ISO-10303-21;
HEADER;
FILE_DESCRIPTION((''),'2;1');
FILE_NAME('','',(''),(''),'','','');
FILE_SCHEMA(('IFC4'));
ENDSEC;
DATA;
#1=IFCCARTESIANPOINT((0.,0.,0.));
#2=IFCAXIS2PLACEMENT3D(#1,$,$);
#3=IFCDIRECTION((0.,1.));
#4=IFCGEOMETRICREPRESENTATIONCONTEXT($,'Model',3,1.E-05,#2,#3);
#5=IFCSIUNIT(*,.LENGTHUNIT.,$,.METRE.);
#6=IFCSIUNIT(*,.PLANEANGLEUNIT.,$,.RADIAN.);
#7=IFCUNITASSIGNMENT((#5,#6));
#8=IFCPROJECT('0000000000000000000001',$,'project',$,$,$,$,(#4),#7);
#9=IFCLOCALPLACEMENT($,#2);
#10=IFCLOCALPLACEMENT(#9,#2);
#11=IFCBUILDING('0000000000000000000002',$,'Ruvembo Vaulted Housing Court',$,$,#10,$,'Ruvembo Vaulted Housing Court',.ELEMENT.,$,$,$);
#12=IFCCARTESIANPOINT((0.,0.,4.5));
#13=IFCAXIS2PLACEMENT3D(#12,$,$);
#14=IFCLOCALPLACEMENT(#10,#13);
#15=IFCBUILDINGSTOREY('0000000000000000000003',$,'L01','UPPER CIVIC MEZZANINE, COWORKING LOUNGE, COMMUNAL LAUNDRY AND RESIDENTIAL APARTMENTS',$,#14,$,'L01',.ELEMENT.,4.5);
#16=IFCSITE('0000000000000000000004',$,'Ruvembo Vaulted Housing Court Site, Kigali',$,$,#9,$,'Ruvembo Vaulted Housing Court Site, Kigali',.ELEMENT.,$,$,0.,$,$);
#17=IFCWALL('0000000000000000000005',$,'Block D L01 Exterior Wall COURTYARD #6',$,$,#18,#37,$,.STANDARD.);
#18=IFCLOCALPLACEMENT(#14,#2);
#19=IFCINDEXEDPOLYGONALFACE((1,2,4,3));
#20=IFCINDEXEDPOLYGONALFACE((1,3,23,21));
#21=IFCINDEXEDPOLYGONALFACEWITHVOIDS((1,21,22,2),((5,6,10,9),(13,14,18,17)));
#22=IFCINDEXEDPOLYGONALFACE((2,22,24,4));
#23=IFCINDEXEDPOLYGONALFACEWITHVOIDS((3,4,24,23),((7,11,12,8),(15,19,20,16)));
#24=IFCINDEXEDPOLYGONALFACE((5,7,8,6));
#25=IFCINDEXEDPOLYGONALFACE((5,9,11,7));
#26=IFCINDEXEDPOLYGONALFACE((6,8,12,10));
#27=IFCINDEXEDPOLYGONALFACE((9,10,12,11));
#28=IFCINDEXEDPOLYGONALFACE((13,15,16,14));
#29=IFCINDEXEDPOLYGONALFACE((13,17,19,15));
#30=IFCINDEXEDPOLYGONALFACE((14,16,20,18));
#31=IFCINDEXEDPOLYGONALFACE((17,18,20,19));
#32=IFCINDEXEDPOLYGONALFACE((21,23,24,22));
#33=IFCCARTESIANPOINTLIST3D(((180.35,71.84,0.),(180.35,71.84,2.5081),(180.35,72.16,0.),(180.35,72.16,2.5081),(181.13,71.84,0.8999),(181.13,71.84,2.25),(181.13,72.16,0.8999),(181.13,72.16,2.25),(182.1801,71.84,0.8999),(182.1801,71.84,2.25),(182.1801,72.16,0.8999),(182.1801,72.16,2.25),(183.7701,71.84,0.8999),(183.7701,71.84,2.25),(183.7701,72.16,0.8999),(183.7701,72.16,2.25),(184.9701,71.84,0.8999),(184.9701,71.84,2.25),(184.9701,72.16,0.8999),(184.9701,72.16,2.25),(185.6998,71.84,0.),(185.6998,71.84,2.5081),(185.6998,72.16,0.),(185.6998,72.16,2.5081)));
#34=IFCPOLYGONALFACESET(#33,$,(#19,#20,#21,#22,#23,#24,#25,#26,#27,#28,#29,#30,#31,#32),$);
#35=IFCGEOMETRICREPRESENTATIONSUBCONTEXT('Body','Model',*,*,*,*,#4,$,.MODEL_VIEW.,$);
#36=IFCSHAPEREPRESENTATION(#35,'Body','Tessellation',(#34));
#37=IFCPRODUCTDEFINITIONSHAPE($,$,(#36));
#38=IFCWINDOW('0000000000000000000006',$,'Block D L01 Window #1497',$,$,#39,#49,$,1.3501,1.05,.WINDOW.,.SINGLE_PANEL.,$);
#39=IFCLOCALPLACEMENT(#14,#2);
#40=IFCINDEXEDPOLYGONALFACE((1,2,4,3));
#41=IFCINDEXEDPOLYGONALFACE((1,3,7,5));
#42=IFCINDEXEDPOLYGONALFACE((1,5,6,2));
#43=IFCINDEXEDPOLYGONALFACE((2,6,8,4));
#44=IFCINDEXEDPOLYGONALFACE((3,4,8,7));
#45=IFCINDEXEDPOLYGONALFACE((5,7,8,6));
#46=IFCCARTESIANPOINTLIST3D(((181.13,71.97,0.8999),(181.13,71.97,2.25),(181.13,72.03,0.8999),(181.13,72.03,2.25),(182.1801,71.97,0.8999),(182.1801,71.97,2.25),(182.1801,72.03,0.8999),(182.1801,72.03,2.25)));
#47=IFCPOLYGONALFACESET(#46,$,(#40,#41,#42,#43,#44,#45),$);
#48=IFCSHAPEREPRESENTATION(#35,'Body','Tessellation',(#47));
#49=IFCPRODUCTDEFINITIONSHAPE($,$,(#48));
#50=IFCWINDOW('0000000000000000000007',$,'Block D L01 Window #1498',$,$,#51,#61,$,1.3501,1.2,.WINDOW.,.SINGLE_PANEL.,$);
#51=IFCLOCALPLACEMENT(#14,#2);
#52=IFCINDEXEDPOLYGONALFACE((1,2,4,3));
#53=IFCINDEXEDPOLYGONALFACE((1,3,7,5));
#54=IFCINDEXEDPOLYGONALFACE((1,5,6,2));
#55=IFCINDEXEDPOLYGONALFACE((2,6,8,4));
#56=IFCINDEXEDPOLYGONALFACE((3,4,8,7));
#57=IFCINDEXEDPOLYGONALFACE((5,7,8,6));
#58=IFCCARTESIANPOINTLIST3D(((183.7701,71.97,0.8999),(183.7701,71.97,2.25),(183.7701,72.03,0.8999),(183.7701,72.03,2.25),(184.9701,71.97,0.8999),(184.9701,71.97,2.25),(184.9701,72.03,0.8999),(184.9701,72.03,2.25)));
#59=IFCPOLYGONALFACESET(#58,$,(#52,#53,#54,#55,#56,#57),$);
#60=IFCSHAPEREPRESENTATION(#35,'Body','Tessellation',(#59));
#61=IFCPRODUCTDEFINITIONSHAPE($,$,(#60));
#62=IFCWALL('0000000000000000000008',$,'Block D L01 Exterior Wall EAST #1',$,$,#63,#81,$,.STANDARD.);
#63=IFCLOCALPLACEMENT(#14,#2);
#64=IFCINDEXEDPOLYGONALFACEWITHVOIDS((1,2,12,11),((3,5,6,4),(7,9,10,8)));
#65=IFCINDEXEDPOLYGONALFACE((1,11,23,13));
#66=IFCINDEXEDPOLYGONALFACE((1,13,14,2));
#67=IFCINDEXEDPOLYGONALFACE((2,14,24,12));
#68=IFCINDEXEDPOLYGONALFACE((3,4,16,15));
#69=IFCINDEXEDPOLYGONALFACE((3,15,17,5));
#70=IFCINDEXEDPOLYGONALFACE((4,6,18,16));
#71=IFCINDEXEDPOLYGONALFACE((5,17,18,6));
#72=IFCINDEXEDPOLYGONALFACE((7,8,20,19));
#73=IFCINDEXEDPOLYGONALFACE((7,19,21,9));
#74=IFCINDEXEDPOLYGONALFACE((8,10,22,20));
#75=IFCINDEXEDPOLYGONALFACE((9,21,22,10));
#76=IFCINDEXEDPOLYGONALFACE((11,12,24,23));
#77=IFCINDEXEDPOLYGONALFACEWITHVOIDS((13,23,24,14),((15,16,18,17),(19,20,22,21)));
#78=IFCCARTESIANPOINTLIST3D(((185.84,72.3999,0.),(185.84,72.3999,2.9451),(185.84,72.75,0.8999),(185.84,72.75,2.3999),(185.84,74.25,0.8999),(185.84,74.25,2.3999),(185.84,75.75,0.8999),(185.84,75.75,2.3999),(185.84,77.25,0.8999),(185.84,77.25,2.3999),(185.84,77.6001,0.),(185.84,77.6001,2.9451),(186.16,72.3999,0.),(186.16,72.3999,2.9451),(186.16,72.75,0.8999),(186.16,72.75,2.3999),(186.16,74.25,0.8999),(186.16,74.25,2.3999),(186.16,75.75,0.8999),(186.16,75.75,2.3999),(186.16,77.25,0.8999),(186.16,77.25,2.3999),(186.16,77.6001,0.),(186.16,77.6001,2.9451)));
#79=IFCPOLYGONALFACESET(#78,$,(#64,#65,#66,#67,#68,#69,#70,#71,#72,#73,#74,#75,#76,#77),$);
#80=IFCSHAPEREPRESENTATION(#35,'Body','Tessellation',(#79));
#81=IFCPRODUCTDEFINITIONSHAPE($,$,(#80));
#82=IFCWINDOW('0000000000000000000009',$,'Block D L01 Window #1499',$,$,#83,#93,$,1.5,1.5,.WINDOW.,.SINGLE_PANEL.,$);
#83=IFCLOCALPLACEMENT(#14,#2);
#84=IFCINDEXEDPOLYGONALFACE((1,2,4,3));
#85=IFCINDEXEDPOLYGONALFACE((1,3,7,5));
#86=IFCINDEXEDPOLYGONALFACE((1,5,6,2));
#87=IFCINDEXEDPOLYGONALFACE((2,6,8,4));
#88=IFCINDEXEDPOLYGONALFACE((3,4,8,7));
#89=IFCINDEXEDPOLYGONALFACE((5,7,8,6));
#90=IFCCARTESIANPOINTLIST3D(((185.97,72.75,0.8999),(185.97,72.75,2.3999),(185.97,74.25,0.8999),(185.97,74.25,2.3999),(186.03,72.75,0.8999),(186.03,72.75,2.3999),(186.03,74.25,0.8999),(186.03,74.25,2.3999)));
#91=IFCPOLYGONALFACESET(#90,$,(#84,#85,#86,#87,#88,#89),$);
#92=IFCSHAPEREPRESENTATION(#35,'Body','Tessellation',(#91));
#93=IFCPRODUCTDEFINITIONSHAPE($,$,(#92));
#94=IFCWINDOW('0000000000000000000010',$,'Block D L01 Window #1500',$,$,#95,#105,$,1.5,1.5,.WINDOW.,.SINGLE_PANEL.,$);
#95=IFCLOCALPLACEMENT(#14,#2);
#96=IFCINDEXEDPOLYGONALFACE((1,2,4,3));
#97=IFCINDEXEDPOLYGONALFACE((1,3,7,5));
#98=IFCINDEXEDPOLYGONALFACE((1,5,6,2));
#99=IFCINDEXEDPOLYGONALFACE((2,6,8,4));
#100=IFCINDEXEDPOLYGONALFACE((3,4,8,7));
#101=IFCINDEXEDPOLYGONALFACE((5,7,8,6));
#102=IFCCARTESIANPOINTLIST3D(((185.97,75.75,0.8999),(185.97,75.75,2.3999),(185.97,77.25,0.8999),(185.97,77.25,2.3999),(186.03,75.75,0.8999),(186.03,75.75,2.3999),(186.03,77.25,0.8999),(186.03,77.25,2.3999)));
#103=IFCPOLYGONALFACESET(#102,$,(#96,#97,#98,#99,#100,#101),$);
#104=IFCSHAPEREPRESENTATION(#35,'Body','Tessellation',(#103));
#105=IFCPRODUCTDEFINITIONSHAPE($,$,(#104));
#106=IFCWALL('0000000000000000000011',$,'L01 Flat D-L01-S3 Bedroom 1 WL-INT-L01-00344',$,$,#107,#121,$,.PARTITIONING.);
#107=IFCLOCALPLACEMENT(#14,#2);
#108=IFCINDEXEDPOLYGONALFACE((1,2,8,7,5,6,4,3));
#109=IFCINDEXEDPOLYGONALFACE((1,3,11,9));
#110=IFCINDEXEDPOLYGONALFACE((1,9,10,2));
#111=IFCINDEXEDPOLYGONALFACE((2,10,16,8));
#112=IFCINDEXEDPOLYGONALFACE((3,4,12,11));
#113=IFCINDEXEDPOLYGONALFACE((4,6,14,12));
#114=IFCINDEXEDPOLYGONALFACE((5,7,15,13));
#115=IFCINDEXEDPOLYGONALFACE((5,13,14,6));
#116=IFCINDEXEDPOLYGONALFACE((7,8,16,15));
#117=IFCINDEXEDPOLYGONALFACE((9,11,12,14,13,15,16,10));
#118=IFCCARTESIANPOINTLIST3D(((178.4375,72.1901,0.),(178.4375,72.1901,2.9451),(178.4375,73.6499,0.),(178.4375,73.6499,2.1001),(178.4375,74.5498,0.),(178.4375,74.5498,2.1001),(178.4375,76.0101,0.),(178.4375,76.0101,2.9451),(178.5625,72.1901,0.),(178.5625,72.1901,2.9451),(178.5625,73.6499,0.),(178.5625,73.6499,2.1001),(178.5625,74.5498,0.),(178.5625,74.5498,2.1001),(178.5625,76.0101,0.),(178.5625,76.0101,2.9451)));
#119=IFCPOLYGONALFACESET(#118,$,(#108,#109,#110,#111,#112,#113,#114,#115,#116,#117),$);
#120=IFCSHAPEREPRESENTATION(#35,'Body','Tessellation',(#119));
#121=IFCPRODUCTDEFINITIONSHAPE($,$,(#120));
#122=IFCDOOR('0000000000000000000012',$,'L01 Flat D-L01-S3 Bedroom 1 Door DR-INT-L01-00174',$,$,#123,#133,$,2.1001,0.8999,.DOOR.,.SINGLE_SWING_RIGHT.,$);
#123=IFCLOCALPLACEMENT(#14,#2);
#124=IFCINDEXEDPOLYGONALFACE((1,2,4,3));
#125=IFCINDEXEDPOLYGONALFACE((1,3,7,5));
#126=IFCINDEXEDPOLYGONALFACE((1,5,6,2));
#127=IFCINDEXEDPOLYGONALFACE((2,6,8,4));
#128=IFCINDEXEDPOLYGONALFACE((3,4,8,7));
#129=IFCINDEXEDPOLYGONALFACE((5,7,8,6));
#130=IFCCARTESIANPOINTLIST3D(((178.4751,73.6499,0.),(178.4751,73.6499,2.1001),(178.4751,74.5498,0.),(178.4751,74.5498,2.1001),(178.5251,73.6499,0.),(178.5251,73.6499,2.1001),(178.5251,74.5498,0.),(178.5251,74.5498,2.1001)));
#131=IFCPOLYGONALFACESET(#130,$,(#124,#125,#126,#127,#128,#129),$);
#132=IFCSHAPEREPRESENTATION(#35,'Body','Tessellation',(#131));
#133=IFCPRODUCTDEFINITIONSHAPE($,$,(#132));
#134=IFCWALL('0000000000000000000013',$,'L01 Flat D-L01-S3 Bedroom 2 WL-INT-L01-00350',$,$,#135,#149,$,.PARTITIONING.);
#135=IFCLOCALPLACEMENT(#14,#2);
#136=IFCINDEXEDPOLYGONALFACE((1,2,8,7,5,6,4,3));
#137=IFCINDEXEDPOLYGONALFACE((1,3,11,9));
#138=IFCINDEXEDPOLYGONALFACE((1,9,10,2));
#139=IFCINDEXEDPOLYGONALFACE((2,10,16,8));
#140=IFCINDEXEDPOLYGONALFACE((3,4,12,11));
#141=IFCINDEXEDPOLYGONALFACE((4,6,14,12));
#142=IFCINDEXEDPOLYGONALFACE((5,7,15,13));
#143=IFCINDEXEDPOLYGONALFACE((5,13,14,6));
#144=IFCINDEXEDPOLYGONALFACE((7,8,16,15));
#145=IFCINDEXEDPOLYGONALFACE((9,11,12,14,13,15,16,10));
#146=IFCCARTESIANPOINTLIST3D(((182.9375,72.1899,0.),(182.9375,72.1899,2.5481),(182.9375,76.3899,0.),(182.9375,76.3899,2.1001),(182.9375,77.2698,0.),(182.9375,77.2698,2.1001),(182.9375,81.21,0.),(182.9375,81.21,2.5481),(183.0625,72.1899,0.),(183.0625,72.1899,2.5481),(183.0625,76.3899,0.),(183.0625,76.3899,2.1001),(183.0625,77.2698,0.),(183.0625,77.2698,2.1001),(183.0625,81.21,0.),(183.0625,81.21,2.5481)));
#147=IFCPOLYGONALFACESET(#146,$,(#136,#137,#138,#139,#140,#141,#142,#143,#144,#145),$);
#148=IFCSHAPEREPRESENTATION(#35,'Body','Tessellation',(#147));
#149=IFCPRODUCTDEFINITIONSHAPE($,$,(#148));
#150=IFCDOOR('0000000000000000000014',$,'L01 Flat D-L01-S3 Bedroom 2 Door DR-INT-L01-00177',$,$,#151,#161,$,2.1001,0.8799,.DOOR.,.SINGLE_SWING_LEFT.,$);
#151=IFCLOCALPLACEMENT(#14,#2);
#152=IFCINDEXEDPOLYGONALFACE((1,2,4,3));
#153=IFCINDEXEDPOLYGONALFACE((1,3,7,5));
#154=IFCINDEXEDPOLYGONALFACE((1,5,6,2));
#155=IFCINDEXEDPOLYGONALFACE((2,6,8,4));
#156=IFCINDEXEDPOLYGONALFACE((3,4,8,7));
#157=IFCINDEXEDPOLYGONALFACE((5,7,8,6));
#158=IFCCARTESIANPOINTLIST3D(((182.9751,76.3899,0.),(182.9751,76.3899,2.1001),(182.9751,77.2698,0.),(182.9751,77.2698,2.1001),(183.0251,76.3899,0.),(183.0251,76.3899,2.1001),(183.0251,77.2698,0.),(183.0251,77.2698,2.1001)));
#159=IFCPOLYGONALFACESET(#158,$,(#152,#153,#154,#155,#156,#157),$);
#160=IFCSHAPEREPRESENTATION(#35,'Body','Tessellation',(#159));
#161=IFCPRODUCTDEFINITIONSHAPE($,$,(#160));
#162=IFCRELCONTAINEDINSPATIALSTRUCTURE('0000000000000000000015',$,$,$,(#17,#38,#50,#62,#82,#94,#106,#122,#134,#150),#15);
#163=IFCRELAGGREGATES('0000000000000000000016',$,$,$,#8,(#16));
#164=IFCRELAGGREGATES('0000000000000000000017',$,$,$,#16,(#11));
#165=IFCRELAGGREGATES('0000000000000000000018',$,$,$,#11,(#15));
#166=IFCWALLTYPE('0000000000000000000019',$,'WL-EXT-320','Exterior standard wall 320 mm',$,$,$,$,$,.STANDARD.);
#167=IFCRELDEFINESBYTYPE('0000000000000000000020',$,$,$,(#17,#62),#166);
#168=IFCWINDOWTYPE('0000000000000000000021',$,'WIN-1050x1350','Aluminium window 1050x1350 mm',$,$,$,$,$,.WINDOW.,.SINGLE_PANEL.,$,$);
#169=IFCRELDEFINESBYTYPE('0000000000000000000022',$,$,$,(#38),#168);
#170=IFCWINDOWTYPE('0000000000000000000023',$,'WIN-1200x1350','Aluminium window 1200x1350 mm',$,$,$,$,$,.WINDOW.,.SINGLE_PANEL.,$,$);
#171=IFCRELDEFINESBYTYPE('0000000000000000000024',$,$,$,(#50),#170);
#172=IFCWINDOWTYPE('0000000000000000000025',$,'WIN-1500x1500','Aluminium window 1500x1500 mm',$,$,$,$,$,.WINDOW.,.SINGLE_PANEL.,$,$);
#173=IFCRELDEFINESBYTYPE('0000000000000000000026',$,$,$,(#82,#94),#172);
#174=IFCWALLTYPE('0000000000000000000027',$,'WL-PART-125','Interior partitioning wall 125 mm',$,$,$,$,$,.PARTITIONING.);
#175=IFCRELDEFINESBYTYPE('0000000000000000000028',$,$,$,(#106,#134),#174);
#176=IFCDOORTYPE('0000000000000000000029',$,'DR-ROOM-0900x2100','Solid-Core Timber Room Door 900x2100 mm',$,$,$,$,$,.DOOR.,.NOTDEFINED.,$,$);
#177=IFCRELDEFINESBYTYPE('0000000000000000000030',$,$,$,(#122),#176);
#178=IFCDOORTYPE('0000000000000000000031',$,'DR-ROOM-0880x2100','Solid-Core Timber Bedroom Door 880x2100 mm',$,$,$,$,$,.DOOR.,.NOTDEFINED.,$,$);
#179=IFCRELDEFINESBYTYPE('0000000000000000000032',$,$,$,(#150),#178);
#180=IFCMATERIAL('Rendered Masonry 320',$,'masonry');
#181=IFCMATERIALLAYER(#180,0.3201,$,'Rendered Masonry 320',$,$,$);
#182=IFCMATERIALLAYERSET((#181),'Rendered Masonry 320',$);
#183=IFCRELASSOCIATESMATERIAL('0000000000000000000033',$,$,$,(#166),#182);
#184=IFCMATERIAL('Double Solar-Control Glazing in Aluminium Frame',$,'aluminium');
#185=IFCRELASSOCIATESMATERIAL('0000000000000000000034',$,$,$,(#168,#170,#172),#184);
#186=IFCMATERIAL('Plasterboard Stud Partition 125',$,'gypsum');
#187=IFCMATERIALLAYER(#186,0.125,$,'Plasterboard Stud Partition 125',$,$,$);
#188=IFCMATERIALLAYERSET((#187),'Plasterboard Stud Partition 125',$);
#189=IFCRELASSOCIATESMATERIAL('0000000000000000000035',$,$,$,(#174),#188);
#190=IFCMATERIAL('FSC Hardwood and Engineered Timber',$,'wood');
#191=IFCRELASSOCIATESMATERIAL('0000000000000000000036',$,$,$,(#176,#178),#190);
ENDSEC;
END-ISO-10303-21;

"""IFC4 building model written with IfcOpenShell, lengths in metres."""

from ifc_helpers import new_model, si_unit, direction, frame, frame_2d, origin, place, context, subcontext, project, spatial, rectangle, extrude, material, layer, layer_set, type_object, element, fill, save


model = new_model("IFC4")

# Units and contexts
model_context = context("Model", 3, precision=1e-05, world=origin(), true_north=direction((0.0, 1.0)))
body_context = subcontext(model_context, "Body", "Model", "MODEL_VIEW")
ifc_project = project(units=[si_unit("LENGTHUNIT", "METRE"), si_unit("PLANEANGLEUNIT", "RADIAN")], contexts=[model_context])

# Site, building, storey
site_placement = place(None, origin())
site = spatial("IfcSite", under=ifc_project, at=site_placement, Name="Ruvembo Vaulted Housing Court Site, Kigali", LongName="Ruvembo Vaulted Housing Court Site, Kigali", CompositionType="ELEMENT", RefElevation=0.0)
building_placement = place(site_placement, origin())
building = spatial("IfcBuilding", under=site, at=building_placement, Name="Ruvembo Vaulted Housing Court", LongName="Ruvembo Vaulted Housing Court", CompositionType="ELEMENT")
storey_placement = place(building_placement, frame((0.0, 0.0, 4.5)))
storey = spatial("IfcBuildingStorey", under=building, at=storey_placement, Name="L01", Description="UPPER CIVIC MEZZANINE, COWORKING LOUNGE, COMMUNAL LAUNDRY AND RESIDENTIAL APARTMENTS", LongName="L01", CompositionType="ELEMENT", Elevation=4.5)

# Walls, openings, windows
ifc_material_1 = material(Name="Rendered Masonry 320", Category="masonry")
ifc_layer_1 = layer(ifc_material_1, 0.3201, Name="Rendered Masonry 320")
ifc_layer_set_1 = layer_set([ifc_layer_1], Name="Rendered Masonry 320")
wall_type_1 = type_object("IfcWallType", Name="WL-EXT-320", Description="Exterior standard wall 320 mm", PredefinedType="STANDARD", material=ifc_layer_set_1)
wall_1_placement = place(storey_placement, frame((180.3501, 72.0, 0.0), z_axis=(0.0, 0.0, 1.0), x_axis=(1.0, 0.0, 0.0)))
wall_1 = element("IfcWall", 1, at=wall_1_placement, inside=storey, type_object=wall_type_1, Name="Block D L01 Exterior Wall COURTYARD #6", PredefinedType="STANDARD", context=body_context, shape_type="SweptSolid", body=[
    extrude(rectangle(XDim=5.3499, YDim=0.3201, at=frame_2d((2.6748, 0.0))), origin(), (0.0, 0.0, 1.0), 2.5081),
])
opening_1_placement = place(wall_1_placement, frame((0.78, 0.0, 0.8999)))
opening_1 = element("IfcOpeningElement", 2, at=opening_1_placement, cuts=wall_1, PredefinedType="OPENING", context=body_context, shape_type="SweptSolid", body=[
    extrude(rectangle(XDim=1.05, YDim=1.3501, at=frame_2d((0.5249, 0.675))), frame((0.0, 0.1699, 0.0), z_axis=(0.0, -1.0, 0.0), x_axis=(1.0, 0.0, 0.0)), (0.0, 0.0, 1.0), 0.3401),
])
opening_2_placement = place(wall_1_placement, frame((3.4199, 0.0, 0.8999)))
opening_2 = element("IfcOpeningElement", 3, at=opening_2_placement, cuts=wall_1, PredefinedType="OPENING", context=body_context, shape_type="SweptSolid", body=[
    extrude(rectangle(XDim=1.2, YDim=1.3501, at=frame_2d((0.6001, 0.675))), frame((0.0, 0.1699, 0.0), z_axis=(0.0, -1.0, 0.0), x_axis=(1.0, 0.0, 0.0)), (0.0, 0.0, 1.0), 0.3401),
])
ifc_material_2 = material(Name="Double Solar-Control Glazing in Aluminium Frame", Category="aluminium")
window_type_1 = type_object("IfcWindowType", Name="WIN-1050x1350", Description="Aluminium window 1050x1350 mm", PartitioningType="SINGLE_PANEL", PredefinedType="WINDOW", material=ifc_material_2)
window_1_placement = place(opening_1_placement, origin())
window_1 = element("IfcWindow", 4, at=window_1_placement, inside=storey, type_object=window_type_1, Name="Block D L01 Window #1497", OverallHeight=1.3501, OverallWidth=1.05, PartitioningType="SINGLE_PANEL", PredefinedType="WINDOW", context=body_context, shape_type="SweptSolid", body=[
    extrude(rectangle(XDim=1.05, YDim=1.3501, at=frame_2d((0.5249, 0.675))), frame((0.0, 0.03, 0.0), z_axis=(0.0, -1.0, 0.0), x_axis=(1.0, 0.0, 0.0)), (0.0, 0.0, 1.0), 0.0601),
])
fill(opening_1, window_1)
window_type_2 = type_object("IfcWindowType", Name="WIN-1200x1350", Description="Aluminium window 1200x1350 mm", PartitioningType="SINGLE_PANEL", PredefinedType="WINDOW", material=ifc_material_2)
window_2_placement = place(opening_2_placement, origin())
window_2 = element("IfcWindow", 5, at=window_2_placement, inside=storey, type_object=window_type_2, Name="Block D L01 Window #1498", OverallHeight=1.3501, OverallWidth=1.2, PartitioningType="SINGLE_PANEL", PredefinedType="WINDOW", context=body_context, shape_type="SweptSolid", body=[
    extrude(rectangle(XDim=1.2, YDim=1.3501, at=frame_2d((0.6001, 0.675))), frame((0.0, 0.03, 0.0), z_axis=(0.0, -1.0, 0.0), x_axis=(1.0, 0.0, 0.0)), (0.0, 0.0, 1.0), 0.0601),
])
fill(opening_2, window_2)
wall_2_placement = place(storey_placement, frame((186.0, 72.3999, 0.0), z_axis=(0.0, 0.0, 1.0), x_axis=(0.0, 1.0, 0.0)))
wall_2 = element("IfcWall", 6, at=wall_2_placement, inside=storey, type_object=wall_type_1, Name="Block D L01 Exterior Wall EAST #1", PredefinedType="STANDARD", context=body_context, shape_type="SweptSolid", body=[
    extrude(rectangle(XDim=5.2002, YDim=0.3201, at=frame_2d((2.6001, 0.0))), origin(), (0.0, 0.0, 1.0), 2.9451),
])
opening_3_placement = place(wall_2_placement, frame((0.3501, 0.0, 0.8999)))
opening_3 = element("IfcOpeningElement", 7, at=opening_3_placement, cuts=wall_2, PredefinedType="OPENING", context=body_context, shape_type="SweptSolid", body=[
    extrude(rectangle(XDim=1.5, YDim=1.5, at=frame_2d((0.75, 0.75))), frame((0.0, 0.1699, 0.0), z_axis=(0.0, -1.0, 0.0), x_axis=(1.0, 0.0, 0.0)), (0.0, 0.0, 1.0), 0.3401),
])
opening_4_placement = place(wall_2_placement, frame((3.3501, 0.0, 0.8999)))
opening_4 = element("IfcOpeningElement", 8, at=opening_4_placement, cuts=wall_2, PredefinedType="OPENING", context=body_context, shape_type="SweptSolid", body=[
    extrude(rectangle(XDim=1.5, YDim=1.5, at=frame_2d((0.75, 0.75))), frame((0.0, 0.1699, 0.0), z_axis=(0.0, -1.0, 0.0), x_axis=(1.0, 0.0, 0.0)), (0.0, 0.0, 1.0), 0.3401),
])
window_type_3 = type_object("IfcWindowType", Name="WIN-1500x1500", Description="Aluminium window 1500x1500 mm", PartitioningType="SINGLE_PANEL", PredefinedType="WINDOW", material=ifc_material_2)
window_3_placement = place(opening_3_placement, origin())
window_3 = element("IfcWindow", 9, at=window_3_placement, inside=storey, type_object=window_type_3, Name="Block D L01 Window #1499", OverallHeight=1.5, OverallWidth=1.5, PartitioningType="SINGLE_PANEL", PredefinedType="WINDOW", context=body_context, shape_type="SweptSolid", body=[
    extrude(rectangle(XDim=1.5, YDim=1.5, at=frame_2d((0.75, 0.75))), frame((0.0, 0.03, 0.0), z_axis=(0.0, -1.0, 0.0), x_axis=(1.0, 0.0, 0.0)), (0.0, 0.0, 1.0), 0.0601),
])
fill(opening_3, window_3)
window_4_placement = place(opening_4_placement, origin())
window_4 = element("IfcWindow", 10, at=window_4_placement, inside=storey, type_object=window_type_3, Name="Block D L01 Window #1500", OverallHeight=1.5, OverallWidth=1.5, PartitioningType="SINGLE_PANEL", PredefinedType="WINDOW", context=body_context, shape_type="SweptSolid", body=[
    extrude(rectangle(XDim=1.5, YDim=1.5, at=frame_2d((0.75, 0.75))), frame((0.0, 0.03, 0.0), z_axis=(0.0, -1.0, 0.0), x_axis=(1.0, 0.0, 0.0)), (0.0, 0.0, 1.0), 0.0601),
])
fill(opening_4, window_4)

# Walls, openings, doors
ifc_material_3 = material(Name="Plasterboard Stud Partition 125", Category="gypsum")
ifc_layer_2 = layer(ifc_material_3, 0.125, Name="Plasterboard Stud Partition 125")
ifc_layer_set_2 = layer_set([ifc_layer_2], Name="Plasterboard Stud Partition 125")
wall_type_2 = type_object("IfcWallType", Name="WL-PART-125", Description="Interior partitioning wall 125 mm", PredefinedType="PARTITIONING", material=ifc_layer_set_2)
wall_3_placement = place(storey_placement, frame((178.5, 72.1899, 0.0), z_axis=(0.0, 0.0, 1.0), x_axis=(0.0, 1.0, 0.0)))
wall_3 = element("IfcWall", 11, at=wall_3_placement, inside=storey, type_object=wall_type_2, Name="L01 Flat D-L01-S3 Bedroom 1 WL-INT-L01-00344", PredefinedType="PARTITIONING", context=body_context, shape_type="SweptSolid", body=[
    extrude(rectangle(XDim=3.8201, YDim=0.125, at=frame_2d((1.9102, 0.0))), origin(), (0.0, 0.0, 1.0), 2.9451),
])
opening_5_placement = place(wall_3_placement, frame((1.46, 0.0, 0.0)))
opening_5 = element("IfcOpeningElement", 12, at=opening_5_placement, cuts=wall_3, PredefinedType="OPENING", context=body_context, shape_type="SweptSolid", body=[
    extrude(rectangle(XDim=0.8999, YDim=2.1001, at=frame_2d((0.45, 1.05))), frame((0.0, 0.0725, 0.0), z_axis=(0.0, -1.0, 0.0), x_axis=(1.0, 0.0, 0.0)), (0.0, 0.0, 1.0), 0.145),
])
ifc_material_4 = material(Name="FSC Hardwood and Engineered Timber", Category="wood")
door_type_1 = type_object("IfcDoorType", Name="DR-ROOM-0900x2100", Description="Solid-Core Timber Room Door 900x2100 mm", OperationType="NOTDEFINED", PredefinedType="DOOR", material=ifc_material_4)
door_1_placement = place(opening_5_placement, origin())
door_1 = element("IfcDoor", 13, at=door_1_placement, inside=storey, type_object=door_type_1, Name="L01 Flat D-L01-S3 Bedroom 1 Door DR-INT-L01-00174", OperationType="SINGLE_SWING_RIGHT", OverallHeight=2.1001, OverallWidth=0.8999, PredefinedType="DOOR", context=body_context, shape_type="SweptSolid", body=[
    extrude(rectangle(XDim=0.8999, YDim=2.1001, at=frame_2d((0.45, 1.05))), frame((0.0, 0.0249, 0.0), z_axis=(0.0, -1.0, 0.0), x_axis=(1.0, 0.0, 0.0)), (0.0, 0.0, 1.0), 0.05),
])
fill(opening_5, door_1)
wall_4_placement = place(storey_placement, frame((183.0, 72.1899, 0.0), z_axis=(0.0, 0.0, 1.0), x_axis=(0.0, 1.0, 0.0)))
wall_4 = element("IfcWall", 14, at=wall_4_placement, inside=storey, type_object=wall_type_2, Name="L01 Flat D-L01-S3 Bedroom 2 WL-INT-L01-00350", PredefinedType="PARTITIONING", context=body_context, shape_type="SweptSolid", body=[
    extrude(rectangle(XDim=9.02, YDim=0.125, at=frame_2d((4.51, 0.0))), origin(), (0.0, 0.0, 1.0), 2.5481),
])
opening_6_placement = place(wall_4_placement, frame((4.2, 0.0, 0.0)))
opening_6 = element("IfcOpeningElement", 15, at=opening_6_placement, cuts=wall_4, PredefinedType="OPENING", context=body_context, shape_type="SweptSolid", body=[
    extrude(rectangle(XDim=0.8799, YDim=2.1001, at=frame_2d((0.4399, 1.05))), frame((0.0, 0.0725, 0.0), z_axis=(0.0, -1.0, 0.0), x_axis=(1.0, 0.0, 0.0)), (0.0, 0.0, 1.0), 0.145),
])
door_type_2 = type_object("IfcDoorType", Name="DR-ROOM-0880x2100", Description="Solid-Core Timber Bedroom Door 880x2100 mm", OperationType="NOTDEFINED", PredefinedType="DOOR", material=ifc_material_4)
door_2_placement = place(opening_6_placement, origin())
door_2 = element("IfcDoor", 16, at=door_2_placement, inside=storey, type_object=door_type_2, Name="L01 Flat D-L01-S3 Bedroom 2 Door DR-INT-L01-00177", OperationType="SINGLE_SWING_LEFT", OverallHeight=2.1001, OverallWidth=0.8799, PredefinedType="DOOR", context=body_context, shape_type="SweptSolid", body=[
    extrude(rectangle(XDim=0.8799, YDim=2.1001, at=frame_2d((0.4399, 1.05))), frame((0.0, 0.0249, 0.0), z_axis=(0.0, -1.0, 0.0), x_axis=(1.0, 0.0, 0.0)), (0.0, 0.0, 1.0), 0.05),
])
fill(opening_6, door_2)

save(model, "model.ifc")
